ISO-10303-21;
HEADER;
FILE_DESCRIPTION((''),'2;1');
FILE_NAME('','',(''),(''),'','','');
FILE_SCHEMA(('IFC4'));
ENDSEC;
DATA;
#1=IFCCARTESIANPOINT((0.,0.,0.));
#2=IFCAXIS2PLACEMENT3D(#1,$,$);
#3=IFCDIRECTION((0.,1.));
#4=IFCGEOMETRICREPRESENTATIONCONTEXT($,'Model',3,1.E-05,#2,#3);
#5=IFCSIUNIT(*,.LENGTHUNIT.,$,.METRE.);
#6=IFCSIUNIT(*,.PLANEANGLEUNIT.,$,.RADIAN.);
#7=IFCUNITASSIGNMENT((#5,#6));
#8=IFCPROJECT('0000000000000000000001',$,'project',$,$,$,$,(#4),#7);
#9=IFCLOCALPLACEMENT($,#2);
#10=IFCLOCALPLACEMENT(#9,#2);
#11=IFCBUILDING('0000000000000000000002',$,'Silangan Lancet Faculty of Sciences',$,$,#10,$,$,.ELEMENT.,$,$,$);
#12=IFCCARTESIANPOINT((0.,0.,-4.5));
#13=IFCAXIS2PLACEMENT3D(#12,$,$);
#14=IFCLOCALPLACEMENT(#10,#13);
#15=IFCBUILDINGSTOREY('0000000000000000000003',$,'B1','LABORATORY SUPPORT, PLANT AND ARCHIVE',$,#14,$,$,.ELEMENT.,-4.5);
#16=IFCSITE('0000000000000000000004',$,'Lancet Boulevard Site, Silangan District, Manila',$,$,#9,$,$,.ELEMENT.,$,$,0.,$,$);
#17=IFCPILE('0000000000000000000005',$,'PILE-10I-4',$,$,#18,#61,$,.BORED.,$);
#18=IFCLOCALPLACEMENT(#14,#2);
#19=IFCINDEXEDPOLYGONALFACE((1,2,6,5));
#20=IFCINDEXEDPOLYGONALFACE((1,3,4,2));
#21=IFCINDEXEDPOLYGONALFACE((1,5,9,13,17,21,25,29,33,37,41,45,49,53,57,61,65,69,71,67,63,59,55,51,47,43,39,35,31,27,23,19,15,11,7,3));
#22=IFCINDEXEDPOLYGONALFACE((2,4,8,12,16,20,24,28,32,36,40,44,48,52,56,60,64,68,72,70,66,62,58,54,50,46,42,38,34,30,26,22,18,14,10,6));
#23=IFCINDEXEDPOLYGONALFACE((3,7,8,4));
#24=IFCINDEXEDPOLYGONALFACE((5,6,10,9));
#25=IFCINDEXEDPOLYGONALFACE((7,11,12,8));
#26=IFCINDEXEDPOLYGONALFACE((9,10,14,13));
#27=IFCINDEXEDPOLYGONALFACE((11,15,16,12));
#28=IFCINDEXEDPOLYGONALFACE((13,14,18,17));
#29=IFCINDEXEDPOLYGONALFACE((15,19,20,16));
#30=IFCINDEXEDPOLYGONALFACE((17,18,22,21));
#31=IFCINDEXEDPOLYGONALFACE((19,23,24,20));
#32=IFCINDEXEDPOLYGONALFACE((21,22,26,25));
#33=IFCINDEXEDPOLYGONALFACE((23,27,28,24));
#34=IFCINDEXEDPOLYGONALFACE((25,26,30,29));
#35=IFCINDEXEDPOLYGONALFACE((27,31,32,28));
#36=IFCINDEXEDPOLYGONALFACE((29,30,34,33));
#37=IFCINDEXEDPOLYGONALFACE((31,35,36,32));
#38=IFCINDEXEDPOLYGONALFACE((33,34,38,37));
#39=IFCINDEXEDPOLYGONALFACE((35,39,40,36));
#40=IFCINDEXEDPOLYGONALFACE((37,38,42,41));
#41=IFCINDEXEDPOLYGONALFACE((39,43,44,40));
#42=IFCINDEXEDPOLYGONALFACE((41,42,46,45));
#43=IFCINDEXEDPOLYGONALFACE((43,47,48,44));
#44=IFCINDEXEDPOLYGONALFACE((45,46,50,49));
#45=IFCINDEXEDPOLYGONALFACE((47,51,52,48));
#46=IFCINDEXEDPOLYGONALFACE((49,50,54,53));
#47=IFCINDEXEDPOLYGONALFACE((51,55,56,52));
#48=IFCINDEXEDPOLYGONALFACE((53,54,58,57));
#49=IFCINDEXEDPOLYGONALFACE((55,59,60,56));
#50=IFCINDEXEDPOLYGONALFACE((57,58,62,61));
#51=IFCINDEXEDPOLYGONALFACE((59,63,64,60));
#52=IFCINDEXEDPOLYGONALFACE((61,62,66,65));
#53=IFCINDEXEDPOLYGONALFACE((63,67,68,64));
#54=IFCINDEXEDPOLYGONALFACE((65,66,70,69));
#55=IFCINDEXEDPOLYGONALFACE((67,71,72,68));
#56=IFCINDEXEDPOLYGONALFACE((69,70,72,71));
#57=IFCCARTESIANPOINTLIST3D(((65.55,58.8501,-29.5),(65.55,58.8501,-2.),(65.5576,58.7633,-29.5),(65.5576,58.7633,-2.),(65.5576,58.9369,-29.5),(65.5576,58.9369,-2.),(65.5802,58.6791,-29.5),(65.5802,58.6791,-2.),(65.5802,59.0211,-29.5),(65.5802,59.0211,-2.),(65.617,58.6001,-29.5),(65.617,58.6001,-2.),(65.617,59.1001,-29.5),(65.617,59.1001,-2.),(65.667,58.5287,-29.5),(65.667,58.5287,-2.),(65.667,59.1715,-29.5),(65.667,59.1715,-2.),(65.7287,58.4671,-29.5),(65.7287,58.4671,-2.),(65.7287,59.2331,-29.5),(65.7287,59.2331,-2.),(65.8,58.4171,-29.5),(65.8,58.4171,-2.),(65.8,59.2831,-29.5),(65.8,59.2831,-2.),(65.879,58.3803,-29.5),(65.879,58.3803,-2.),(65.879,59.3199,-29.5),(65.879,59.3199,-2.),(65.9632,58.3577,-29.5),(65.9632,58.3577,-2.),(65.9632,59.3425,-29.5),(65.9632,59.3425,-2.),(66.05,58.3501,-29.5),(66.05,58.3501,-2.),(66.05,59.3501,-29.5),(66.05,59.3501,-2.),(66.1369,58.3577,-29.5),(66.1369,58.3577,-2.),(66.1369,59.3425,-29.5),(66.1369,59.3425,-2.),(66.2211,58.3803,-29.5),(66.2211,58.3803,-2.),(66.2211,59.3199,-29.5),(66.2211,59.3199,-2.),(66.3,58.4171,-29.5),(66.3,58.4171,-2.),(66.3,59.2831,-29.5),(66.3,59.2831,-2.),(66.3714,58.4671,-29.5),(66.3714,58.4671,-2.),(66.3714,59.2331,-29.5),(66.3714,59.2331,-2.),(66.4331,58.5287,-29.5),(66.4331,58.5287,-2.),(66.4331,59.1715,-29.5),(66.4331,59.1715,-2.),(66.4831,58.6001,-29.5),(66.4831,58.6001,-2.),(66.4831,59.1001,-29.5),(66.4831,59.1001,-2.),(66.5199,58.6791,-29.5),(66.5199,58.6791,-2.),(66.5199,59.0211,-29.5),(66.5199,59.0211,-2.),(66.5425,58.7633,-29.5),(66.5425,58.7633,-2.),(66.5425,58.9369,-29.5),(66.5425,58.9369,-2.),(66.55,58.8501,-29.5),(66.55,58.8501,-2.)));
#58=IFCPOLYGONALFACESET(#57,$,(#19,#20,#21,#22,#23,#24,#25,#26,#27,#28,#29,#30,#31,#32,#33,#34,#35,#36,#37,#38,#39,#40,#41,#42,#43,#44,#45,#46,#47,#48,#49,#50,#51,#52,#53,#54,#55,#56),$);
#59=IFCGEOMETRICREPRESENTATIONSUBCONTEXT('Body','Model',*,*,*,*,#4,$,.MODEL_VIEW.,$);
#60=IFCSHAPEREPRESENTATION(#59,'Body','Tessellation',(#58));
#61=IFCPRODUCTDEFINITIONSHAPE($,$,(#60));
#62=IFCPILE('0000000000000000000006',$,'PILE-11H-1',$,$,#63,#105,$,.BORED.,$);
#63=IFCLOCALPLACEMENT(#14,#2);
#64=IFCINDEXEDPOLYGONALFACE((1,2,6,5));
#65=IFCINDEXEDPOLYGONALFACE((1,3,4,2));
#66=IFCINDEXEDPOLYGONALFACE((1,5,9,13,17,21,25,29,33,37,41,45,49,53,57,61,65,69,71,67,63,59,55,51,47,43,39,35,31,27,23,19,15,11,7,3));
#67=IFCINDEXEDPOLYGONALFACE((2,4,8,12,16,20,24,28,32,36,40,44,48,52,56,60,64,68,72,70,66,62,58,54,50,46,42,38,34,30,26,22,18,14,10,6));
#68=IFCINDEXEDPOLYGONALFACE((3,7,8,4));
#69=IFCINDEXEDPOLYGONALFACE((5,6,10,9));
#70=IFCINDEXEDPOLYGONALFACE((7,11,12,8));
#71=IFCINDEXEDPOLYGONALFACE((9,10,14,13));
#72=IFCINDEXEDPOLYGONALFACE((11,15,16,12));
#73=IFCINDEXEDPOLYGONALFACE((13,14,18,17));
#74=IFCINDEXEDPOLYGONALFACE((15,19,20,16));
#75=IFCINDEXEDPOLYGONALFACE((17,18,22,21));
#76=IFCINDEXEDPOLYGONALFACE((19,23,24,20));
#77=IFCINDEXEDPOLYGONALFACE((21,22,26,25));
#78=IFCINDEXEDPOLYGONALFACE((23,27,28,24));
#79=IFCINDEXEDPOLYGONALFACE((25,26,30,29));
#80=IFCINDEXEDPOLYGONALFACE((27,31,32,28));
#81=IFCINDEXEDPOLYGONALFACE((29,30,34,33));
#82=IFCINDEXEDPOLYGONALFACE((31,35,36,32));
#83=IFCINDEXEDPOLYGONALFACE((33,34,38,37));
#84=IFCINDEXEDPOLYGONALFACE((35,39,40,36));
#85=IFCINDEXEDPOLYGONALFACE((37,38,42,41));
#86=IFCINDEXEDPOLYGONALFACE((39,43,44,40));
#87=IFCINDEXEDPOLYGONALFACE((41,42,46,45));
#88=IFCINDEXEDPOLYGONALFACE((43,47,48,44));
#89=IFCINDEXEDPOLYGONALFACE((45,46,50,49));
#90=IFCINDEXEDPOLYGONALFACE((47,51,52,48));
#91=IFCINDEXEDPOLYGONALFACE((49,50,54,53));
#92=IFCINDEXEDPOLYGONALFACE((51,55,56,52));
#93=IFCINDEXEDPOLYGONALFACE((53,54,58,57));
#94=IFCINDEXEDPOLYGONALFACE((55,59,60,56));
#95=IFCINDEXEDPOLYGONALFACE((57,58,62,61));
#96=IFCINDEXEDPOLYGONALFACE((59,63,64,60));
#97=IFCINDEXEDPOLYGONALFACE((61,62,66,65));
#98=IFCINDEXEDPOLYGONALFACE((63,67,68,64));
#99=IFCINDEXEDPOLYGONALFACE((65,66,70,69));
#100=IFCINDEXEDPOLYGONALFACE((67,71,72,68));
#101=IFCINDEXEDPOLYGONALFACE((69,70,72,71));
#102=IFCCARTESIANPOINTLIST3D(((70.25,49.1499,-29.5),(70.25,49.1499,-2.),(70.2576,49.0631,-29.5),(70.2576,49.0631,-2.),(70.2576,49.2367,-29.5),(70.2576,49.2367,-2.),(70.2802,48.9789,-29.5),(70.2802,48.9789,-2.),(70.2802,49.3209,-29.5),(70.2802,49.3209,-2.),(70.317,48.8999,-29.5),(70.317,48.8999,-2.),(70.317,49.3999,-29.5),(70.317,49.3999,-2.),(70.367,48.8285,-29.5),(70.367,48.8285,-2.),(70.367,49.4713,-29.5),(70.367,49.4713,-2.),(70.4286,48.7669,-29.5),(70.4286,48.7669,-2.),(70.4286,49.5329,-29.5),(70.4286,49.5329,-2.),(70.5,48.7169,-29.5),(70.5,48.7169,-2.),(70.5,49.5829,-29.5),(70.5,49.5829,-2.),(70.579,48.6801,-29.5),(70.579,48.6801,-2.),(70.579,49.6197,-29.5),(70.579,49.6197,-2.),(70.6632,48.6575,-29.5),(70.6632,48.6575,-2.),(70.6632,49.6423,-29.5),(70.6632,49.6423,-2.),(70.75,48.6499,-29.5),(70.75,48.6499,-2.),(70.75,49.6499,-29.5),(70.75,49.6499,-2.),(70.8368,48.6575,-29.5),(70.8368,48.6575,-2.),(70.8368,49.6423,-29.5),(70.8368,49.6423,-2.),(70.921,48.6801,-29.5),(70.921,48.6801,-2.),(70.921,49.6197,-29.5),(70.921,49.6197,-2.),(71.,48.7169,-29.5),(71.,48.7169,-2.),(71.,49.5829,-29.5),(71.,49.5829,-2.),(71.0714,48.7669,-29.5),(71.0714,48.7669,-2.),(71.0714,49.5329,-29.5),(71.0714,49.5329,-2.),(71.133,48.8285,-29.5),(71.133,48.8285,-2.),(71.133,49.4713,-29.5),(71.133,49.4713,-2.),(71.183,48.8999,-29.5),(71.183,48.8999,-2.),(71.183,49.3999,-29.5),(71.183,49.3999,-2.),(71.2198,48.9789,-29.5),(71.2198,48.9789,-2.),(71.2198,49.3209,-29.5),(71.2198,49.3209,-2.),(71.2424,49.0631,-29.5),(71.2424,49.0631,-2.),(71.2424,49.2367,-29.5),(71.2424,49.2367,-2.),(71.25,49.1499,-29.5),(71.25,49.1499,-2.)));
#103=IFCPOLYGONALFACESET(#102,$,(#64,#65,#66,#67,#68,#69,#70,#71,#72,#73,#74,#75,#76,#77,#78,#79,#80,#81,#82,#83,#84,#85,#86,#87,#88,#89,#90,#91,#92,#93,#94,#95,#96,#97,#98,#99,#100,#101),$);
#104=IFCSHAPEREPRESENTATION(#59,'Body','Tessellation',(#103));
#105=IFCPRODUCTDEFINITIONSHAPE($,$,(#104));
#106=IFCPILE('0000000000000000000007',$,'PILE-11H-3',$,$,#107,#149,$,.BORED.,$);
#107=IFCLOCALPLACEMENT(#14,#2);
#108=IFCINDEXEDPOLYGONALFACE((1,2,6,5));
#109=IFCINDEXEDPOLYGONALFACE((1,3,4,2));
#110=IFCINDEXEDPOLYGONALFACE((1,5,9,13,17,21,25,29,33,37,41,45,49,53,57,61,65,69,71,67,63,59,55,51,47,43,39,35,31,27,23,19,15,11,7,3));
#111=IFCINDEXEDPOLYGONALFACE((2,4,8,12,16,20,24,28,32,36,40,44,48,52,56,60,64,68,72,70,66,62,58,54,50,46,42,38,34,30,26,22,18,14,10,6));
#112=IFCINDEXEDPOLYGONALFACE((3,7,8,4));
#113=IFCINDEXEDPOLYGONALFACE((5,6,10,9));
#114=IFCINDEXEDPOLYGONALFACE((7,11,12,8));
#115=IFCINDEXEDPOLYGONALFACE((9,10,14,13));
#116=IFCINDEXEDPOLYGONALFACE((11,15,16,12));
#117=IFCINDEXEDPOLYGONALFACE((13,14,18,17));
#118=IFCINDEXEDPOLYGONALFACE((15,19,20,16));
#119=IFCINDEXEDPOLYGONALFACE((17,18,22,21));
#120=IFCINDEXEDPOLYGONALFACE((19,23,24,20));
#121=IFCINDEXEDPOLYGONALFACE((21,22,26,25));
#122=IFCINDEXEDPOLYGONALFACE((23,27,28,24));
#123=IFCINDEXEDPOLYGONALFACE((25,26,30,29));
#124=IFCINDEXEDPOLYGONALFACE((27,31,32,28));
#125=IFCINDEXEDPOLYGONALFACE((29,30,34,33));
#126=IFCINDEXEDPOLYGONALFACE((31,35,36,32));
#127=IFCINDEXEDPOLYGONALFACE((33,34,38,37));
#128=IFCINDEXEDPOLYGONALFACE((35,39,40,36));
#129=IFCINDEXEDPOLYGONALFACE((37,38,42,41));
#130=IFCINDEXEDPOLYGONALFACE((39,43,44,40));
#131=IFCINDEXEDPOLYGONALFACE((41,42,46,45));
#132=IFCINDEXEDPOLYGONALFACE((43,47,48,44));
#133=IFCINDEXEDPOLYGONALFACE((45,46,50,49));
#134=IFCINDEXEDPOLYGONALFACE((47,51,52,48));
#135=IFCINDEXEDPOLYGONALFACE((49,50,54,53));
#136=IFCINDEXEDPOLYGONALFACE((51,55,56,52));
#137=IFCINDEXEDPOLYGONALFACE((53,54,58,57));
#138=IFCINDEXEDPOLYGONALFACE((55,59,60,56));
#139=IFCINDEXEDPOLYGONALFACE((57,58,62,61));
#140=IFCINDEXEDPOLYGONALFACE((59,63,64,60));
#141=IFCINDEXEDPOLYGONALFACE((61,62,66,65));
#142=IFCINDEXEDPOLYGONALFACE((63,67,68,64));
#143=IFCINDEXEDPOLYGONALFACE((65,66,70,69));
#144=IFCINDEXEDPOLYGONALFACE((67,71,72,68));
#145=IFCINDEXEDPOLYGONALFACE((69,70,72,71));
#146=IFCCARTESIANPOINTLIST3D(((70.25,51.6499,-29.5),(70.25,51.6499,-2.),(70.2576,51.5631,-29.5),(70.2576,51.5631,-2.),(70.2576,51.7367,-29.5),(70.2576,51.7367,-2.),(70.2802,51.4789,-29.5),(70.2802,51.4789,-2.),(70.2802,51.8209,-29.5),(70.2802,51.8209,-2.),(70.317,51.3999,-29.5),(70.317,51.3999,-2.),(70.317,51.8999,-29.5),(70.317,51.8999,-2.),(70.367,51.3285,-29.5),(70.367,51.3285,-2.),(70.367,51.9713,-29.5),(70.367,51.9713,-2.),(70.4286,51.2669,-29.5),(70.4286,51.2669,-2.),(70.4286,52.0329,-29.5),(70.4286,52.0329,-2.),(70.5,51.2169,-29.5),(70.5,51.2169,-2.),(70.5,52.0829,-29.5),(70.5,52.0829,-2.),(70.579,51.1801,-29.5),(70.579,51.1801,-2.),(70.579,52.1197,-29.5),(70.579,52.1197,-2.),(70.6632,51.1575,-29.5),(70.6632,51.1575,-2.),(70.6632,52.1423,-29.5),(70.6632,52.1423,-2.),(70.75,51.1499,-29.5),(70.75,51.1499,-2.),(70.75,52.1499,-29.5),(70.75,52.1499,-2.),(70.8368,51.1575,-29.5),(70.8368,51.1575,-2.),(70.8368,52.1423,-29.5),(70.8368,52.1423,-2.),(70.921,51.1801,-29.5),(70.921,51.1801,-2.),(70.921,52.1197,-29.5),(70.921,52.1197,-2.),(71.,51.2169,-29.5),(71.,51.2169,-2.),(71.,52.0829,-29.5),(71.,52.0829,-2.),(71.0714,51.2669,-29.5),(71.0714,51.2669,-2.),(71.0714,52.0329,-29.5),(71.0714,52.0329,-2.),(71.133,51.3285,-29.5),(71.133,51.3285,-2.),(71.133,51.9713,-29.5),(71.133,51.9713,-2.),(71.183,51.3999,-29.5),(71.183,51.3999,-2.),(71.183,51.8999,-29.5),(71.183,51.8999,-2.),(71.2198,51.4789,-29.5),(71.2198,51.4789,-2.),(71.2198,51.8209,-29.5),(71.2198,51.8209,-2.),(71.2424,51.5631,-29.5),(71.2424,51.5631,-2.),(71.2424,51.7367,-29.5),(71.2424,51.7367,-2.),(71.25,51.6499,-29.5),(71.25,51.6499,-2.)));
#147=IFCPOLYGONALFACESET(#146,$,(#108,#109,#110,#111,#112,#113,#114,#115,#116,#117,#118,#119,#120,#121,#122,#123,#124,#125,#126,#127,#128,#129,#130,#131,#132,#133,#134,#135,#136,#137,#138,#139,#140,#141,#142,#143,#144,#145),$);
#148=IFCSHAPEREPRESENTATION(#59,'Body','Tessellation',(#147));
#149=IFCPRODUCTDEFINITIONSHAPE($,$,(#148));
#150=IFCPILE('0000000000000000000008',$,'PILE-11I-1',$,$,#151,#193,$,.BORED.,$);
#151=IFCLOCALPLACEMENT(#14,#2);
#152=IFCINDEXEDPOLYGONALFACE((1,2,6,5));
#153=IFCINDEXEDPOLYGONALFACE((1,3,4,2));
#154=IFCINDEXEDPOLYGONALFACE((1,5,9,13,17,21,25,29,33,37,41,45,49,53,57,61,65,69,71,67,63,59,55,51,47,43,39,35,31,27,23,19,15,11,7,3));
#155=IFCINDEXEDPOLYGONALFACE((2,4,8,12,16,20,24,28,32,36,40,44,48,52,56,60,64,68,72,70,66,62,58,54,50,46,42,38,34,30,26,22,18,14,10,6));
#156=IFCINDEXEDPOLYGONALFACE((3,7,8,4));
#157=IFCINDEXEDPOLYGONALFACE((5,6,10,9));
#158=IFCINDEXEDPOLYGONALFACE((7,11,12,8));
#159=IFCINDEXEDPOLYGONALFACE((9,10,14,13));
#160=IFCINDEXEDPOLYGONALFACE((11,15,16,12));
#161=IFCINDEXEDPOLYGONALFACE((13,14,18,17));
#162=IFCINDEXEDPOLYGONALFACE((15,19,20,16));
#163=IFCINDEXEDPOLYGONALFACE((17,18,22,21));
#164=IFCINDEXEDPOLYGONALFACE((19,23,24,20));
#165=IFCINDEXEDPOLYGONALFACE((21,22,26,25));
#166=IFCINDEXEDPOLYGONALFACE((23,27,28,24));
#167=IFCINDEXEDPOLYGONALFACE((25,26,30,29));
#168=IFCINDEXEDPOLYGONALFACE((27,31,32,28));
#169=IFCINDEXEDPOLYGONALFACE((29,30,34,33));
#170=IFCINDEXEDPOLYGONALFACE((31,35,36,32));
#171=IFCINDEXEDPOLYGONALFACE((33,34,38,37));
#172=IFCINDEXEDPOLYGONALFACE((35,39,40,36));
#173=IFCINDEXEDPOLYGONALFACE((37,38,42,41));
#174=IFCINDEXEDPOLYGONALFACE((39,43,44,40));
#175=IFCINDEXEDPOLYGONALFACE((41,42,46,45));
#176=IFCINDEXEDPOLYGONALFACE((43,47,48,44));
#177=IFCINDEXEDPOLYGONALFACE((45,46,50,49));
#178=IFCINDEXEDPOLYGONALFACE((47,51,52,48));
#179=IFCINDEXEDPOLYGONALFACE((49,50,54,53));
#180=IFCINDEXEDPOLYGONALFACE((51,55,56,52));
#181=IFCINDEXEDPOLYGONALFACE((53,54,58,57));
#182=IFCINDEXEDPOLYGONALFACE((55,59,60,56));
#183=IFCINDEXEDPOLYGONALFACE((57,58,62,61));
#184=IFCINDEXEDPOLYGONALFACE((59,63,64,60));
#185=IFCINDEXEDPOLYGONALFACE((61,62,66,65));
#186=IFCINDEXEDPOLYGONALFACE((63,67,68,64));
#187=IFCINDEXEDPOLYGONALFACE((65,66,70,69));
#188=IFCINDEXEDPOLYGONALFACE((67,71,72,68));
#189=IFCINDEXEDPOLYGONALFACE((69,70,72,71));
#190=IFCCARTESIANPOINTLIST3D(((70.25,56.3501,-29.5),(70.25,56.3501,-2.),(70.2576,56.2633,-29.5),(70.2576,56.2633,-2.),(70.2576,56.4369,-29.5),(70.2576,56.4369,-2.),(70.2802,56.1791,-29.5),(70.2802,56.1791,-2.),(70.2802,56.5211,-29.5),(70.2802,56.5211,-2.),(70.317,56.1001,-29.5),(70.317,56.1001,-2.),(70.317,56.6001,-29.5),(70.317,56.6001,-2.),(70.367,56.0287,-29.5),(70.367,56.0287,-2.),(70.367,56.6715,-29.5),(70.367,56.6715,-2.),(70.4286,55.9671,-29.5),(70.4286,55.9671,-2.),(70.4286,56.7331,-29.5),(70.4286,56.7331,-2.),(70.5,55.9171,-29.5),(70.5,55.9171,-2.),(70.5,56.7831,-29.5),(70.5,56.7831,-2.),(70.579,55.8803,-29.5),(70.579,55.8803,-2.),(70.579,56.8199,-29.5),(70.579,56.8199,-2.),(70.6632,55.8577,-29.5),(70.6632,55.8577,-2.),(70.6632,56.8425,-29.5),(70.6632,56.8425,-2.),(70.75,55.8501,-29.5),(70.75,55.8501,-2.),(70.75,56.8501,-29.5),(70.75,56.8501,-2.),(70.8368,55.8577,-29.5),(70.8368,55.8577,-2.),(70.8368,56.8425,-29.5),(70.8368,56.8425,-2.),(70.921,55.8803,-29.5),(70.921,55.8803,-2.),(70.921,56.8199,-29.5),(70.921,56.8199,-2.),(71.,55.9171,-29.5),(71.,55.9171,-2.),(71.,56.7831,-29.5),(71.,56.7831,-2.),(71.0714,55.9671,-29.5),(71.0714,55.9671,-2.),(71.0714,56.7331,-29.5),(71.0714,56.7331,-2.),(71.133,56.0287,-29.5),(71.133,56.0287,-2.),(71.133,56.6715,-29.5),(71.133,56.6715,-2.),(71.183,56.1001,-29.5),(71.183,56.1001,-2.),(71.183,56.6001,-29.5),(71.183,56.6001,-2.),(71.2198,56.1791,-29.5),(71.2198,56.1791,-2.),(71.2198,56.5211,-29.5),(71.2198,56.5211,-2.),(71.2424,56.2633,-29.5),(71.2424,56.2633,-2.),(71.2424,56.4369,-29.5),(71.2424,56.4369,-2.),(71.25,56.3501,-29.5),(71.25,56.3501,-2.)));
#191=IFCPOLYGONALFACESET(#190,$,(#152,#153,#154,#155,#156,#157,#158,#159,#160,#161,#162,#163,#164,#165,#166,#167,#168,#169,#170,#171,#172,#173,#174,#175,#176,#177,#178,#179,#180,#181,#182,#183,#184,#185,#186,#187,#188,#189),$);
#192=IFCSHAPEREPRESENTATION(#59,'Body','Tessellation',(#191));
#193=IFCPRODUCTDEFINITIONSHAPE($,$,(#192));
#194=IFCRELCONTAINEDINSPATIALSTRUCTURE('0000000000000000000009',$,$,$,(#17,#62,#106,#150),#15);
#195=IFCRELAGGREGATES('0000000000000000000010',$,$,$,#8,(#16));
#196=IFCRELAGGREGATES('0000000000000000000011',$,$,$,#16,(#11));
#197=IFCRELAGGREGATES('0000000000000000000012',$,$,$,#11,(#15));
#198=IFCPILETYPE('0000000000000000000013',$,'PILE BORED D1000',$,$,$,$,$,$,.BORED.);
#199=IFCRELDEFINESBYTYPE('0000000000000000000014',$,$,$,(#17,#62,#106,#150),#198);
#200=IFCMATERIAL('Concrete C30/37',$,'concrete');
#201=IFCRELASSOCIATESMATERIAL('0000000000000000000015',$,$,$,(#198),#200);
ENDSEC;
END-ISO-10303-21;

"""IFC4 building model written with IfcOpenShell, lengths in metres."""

from ifc_helpers import new_model, si_unit, direction, frame, origin, origin_2d, place, context, subcontext, project, spatial, circle, extrude, material, material_profile, profile_set, type_object, element, save


model = new_model("IFC4")

# Units and contexts
model_context = context("Model", 3, precision=1e-05, world=origin(), true_north=direction((0.0, 1.0)))
body_context = subcontext(model_context, "Body", "Model", "MODEL_VIEW")
ifc_project = project(units=[si_unit("LENGTHUNIT", "METRE"), si_unit("PLANEANGLEUNIT", "RADIAN")], contexts=[model_context])

# Site, building, storey
site_placement = place(None, origin())
site = spatial("IfcSite", under=ifc_project, at=site_placement, Name="Lancet Boulevard Site, Silangan District, Manila", CompositionType="ELEMENT", RefElevation=0.0)
building_placement = place(site_placement, origin())
building = spatial("IfcBuilding", under=site, at=building_placement, Name="Silangan Lancet Faculty of Sciences", CompositionType="ELEMENT")
storey_placement = place(building_placement, frame((0.0, 0.0, -4.5)))
storey = spatial("IfcBuildingStorey", under=building, at=storey_placement, Name="B1", Description="LABORATORY SUPPORT, PLANT AND ARCHIVE", CompositionType="ELEMENT", Elevation=-4.5)

# Piles
ifc_material_1 = material(Name="Concrete C30/37", Category="concrete")
ifc_material_profile_1 = material_profile(ifc_material_1, circle(Radius=0.5, at=origin_2d()), Name="BORED PILE D1000")
ifc_profile_set_1 = profile_set([ifc_material_profile_1], Name="Concrete C30/37")
pile_type_1 = type_object("IfcPileType", Name="PILE BORED D1000", PredefinedType="BORED", material=ifc_profile_set_1)
for number, where, z_axis, x_axis, name in (
    (1, (66.05, 58.8501, -2.0), (0.0, 0.0, -1.0), (1.0, 0.0, 0.0), "PILE-10I-4"),
    (2, (70.75, 49.1499, -2.0), (0.0, 0.0, -1.0), (1.0, 0.0, 0.0), "PILE-11H-1"),
    (3, (70.75, 51.6499, -2.0), (0.0, 0.0, -1.0), (1.0, 0.0, 0.0), "PILE-11H-3"),
    (4, (70.75, 56.3501, -2.0), (0.0, 0.0, -1.0), (1.0, 0.0, 0.0), "PILE-11I-1"),
):
    element("IfcPile", number, at=place(storey_placement, frame(where, z_axis=z_axis, x_axis=x_axis)), inside=storey, type_object=pile_type_1, Name=name, PredefinedType="BORED", context=body_context, shape_type="SweptSolid", body=[
        extrude(circle(Radius=0.5, at=origin_2d()), origin(), (0.0, 0.0, 1.0), 27.5),
    ])

save(model, "model.ifc")
